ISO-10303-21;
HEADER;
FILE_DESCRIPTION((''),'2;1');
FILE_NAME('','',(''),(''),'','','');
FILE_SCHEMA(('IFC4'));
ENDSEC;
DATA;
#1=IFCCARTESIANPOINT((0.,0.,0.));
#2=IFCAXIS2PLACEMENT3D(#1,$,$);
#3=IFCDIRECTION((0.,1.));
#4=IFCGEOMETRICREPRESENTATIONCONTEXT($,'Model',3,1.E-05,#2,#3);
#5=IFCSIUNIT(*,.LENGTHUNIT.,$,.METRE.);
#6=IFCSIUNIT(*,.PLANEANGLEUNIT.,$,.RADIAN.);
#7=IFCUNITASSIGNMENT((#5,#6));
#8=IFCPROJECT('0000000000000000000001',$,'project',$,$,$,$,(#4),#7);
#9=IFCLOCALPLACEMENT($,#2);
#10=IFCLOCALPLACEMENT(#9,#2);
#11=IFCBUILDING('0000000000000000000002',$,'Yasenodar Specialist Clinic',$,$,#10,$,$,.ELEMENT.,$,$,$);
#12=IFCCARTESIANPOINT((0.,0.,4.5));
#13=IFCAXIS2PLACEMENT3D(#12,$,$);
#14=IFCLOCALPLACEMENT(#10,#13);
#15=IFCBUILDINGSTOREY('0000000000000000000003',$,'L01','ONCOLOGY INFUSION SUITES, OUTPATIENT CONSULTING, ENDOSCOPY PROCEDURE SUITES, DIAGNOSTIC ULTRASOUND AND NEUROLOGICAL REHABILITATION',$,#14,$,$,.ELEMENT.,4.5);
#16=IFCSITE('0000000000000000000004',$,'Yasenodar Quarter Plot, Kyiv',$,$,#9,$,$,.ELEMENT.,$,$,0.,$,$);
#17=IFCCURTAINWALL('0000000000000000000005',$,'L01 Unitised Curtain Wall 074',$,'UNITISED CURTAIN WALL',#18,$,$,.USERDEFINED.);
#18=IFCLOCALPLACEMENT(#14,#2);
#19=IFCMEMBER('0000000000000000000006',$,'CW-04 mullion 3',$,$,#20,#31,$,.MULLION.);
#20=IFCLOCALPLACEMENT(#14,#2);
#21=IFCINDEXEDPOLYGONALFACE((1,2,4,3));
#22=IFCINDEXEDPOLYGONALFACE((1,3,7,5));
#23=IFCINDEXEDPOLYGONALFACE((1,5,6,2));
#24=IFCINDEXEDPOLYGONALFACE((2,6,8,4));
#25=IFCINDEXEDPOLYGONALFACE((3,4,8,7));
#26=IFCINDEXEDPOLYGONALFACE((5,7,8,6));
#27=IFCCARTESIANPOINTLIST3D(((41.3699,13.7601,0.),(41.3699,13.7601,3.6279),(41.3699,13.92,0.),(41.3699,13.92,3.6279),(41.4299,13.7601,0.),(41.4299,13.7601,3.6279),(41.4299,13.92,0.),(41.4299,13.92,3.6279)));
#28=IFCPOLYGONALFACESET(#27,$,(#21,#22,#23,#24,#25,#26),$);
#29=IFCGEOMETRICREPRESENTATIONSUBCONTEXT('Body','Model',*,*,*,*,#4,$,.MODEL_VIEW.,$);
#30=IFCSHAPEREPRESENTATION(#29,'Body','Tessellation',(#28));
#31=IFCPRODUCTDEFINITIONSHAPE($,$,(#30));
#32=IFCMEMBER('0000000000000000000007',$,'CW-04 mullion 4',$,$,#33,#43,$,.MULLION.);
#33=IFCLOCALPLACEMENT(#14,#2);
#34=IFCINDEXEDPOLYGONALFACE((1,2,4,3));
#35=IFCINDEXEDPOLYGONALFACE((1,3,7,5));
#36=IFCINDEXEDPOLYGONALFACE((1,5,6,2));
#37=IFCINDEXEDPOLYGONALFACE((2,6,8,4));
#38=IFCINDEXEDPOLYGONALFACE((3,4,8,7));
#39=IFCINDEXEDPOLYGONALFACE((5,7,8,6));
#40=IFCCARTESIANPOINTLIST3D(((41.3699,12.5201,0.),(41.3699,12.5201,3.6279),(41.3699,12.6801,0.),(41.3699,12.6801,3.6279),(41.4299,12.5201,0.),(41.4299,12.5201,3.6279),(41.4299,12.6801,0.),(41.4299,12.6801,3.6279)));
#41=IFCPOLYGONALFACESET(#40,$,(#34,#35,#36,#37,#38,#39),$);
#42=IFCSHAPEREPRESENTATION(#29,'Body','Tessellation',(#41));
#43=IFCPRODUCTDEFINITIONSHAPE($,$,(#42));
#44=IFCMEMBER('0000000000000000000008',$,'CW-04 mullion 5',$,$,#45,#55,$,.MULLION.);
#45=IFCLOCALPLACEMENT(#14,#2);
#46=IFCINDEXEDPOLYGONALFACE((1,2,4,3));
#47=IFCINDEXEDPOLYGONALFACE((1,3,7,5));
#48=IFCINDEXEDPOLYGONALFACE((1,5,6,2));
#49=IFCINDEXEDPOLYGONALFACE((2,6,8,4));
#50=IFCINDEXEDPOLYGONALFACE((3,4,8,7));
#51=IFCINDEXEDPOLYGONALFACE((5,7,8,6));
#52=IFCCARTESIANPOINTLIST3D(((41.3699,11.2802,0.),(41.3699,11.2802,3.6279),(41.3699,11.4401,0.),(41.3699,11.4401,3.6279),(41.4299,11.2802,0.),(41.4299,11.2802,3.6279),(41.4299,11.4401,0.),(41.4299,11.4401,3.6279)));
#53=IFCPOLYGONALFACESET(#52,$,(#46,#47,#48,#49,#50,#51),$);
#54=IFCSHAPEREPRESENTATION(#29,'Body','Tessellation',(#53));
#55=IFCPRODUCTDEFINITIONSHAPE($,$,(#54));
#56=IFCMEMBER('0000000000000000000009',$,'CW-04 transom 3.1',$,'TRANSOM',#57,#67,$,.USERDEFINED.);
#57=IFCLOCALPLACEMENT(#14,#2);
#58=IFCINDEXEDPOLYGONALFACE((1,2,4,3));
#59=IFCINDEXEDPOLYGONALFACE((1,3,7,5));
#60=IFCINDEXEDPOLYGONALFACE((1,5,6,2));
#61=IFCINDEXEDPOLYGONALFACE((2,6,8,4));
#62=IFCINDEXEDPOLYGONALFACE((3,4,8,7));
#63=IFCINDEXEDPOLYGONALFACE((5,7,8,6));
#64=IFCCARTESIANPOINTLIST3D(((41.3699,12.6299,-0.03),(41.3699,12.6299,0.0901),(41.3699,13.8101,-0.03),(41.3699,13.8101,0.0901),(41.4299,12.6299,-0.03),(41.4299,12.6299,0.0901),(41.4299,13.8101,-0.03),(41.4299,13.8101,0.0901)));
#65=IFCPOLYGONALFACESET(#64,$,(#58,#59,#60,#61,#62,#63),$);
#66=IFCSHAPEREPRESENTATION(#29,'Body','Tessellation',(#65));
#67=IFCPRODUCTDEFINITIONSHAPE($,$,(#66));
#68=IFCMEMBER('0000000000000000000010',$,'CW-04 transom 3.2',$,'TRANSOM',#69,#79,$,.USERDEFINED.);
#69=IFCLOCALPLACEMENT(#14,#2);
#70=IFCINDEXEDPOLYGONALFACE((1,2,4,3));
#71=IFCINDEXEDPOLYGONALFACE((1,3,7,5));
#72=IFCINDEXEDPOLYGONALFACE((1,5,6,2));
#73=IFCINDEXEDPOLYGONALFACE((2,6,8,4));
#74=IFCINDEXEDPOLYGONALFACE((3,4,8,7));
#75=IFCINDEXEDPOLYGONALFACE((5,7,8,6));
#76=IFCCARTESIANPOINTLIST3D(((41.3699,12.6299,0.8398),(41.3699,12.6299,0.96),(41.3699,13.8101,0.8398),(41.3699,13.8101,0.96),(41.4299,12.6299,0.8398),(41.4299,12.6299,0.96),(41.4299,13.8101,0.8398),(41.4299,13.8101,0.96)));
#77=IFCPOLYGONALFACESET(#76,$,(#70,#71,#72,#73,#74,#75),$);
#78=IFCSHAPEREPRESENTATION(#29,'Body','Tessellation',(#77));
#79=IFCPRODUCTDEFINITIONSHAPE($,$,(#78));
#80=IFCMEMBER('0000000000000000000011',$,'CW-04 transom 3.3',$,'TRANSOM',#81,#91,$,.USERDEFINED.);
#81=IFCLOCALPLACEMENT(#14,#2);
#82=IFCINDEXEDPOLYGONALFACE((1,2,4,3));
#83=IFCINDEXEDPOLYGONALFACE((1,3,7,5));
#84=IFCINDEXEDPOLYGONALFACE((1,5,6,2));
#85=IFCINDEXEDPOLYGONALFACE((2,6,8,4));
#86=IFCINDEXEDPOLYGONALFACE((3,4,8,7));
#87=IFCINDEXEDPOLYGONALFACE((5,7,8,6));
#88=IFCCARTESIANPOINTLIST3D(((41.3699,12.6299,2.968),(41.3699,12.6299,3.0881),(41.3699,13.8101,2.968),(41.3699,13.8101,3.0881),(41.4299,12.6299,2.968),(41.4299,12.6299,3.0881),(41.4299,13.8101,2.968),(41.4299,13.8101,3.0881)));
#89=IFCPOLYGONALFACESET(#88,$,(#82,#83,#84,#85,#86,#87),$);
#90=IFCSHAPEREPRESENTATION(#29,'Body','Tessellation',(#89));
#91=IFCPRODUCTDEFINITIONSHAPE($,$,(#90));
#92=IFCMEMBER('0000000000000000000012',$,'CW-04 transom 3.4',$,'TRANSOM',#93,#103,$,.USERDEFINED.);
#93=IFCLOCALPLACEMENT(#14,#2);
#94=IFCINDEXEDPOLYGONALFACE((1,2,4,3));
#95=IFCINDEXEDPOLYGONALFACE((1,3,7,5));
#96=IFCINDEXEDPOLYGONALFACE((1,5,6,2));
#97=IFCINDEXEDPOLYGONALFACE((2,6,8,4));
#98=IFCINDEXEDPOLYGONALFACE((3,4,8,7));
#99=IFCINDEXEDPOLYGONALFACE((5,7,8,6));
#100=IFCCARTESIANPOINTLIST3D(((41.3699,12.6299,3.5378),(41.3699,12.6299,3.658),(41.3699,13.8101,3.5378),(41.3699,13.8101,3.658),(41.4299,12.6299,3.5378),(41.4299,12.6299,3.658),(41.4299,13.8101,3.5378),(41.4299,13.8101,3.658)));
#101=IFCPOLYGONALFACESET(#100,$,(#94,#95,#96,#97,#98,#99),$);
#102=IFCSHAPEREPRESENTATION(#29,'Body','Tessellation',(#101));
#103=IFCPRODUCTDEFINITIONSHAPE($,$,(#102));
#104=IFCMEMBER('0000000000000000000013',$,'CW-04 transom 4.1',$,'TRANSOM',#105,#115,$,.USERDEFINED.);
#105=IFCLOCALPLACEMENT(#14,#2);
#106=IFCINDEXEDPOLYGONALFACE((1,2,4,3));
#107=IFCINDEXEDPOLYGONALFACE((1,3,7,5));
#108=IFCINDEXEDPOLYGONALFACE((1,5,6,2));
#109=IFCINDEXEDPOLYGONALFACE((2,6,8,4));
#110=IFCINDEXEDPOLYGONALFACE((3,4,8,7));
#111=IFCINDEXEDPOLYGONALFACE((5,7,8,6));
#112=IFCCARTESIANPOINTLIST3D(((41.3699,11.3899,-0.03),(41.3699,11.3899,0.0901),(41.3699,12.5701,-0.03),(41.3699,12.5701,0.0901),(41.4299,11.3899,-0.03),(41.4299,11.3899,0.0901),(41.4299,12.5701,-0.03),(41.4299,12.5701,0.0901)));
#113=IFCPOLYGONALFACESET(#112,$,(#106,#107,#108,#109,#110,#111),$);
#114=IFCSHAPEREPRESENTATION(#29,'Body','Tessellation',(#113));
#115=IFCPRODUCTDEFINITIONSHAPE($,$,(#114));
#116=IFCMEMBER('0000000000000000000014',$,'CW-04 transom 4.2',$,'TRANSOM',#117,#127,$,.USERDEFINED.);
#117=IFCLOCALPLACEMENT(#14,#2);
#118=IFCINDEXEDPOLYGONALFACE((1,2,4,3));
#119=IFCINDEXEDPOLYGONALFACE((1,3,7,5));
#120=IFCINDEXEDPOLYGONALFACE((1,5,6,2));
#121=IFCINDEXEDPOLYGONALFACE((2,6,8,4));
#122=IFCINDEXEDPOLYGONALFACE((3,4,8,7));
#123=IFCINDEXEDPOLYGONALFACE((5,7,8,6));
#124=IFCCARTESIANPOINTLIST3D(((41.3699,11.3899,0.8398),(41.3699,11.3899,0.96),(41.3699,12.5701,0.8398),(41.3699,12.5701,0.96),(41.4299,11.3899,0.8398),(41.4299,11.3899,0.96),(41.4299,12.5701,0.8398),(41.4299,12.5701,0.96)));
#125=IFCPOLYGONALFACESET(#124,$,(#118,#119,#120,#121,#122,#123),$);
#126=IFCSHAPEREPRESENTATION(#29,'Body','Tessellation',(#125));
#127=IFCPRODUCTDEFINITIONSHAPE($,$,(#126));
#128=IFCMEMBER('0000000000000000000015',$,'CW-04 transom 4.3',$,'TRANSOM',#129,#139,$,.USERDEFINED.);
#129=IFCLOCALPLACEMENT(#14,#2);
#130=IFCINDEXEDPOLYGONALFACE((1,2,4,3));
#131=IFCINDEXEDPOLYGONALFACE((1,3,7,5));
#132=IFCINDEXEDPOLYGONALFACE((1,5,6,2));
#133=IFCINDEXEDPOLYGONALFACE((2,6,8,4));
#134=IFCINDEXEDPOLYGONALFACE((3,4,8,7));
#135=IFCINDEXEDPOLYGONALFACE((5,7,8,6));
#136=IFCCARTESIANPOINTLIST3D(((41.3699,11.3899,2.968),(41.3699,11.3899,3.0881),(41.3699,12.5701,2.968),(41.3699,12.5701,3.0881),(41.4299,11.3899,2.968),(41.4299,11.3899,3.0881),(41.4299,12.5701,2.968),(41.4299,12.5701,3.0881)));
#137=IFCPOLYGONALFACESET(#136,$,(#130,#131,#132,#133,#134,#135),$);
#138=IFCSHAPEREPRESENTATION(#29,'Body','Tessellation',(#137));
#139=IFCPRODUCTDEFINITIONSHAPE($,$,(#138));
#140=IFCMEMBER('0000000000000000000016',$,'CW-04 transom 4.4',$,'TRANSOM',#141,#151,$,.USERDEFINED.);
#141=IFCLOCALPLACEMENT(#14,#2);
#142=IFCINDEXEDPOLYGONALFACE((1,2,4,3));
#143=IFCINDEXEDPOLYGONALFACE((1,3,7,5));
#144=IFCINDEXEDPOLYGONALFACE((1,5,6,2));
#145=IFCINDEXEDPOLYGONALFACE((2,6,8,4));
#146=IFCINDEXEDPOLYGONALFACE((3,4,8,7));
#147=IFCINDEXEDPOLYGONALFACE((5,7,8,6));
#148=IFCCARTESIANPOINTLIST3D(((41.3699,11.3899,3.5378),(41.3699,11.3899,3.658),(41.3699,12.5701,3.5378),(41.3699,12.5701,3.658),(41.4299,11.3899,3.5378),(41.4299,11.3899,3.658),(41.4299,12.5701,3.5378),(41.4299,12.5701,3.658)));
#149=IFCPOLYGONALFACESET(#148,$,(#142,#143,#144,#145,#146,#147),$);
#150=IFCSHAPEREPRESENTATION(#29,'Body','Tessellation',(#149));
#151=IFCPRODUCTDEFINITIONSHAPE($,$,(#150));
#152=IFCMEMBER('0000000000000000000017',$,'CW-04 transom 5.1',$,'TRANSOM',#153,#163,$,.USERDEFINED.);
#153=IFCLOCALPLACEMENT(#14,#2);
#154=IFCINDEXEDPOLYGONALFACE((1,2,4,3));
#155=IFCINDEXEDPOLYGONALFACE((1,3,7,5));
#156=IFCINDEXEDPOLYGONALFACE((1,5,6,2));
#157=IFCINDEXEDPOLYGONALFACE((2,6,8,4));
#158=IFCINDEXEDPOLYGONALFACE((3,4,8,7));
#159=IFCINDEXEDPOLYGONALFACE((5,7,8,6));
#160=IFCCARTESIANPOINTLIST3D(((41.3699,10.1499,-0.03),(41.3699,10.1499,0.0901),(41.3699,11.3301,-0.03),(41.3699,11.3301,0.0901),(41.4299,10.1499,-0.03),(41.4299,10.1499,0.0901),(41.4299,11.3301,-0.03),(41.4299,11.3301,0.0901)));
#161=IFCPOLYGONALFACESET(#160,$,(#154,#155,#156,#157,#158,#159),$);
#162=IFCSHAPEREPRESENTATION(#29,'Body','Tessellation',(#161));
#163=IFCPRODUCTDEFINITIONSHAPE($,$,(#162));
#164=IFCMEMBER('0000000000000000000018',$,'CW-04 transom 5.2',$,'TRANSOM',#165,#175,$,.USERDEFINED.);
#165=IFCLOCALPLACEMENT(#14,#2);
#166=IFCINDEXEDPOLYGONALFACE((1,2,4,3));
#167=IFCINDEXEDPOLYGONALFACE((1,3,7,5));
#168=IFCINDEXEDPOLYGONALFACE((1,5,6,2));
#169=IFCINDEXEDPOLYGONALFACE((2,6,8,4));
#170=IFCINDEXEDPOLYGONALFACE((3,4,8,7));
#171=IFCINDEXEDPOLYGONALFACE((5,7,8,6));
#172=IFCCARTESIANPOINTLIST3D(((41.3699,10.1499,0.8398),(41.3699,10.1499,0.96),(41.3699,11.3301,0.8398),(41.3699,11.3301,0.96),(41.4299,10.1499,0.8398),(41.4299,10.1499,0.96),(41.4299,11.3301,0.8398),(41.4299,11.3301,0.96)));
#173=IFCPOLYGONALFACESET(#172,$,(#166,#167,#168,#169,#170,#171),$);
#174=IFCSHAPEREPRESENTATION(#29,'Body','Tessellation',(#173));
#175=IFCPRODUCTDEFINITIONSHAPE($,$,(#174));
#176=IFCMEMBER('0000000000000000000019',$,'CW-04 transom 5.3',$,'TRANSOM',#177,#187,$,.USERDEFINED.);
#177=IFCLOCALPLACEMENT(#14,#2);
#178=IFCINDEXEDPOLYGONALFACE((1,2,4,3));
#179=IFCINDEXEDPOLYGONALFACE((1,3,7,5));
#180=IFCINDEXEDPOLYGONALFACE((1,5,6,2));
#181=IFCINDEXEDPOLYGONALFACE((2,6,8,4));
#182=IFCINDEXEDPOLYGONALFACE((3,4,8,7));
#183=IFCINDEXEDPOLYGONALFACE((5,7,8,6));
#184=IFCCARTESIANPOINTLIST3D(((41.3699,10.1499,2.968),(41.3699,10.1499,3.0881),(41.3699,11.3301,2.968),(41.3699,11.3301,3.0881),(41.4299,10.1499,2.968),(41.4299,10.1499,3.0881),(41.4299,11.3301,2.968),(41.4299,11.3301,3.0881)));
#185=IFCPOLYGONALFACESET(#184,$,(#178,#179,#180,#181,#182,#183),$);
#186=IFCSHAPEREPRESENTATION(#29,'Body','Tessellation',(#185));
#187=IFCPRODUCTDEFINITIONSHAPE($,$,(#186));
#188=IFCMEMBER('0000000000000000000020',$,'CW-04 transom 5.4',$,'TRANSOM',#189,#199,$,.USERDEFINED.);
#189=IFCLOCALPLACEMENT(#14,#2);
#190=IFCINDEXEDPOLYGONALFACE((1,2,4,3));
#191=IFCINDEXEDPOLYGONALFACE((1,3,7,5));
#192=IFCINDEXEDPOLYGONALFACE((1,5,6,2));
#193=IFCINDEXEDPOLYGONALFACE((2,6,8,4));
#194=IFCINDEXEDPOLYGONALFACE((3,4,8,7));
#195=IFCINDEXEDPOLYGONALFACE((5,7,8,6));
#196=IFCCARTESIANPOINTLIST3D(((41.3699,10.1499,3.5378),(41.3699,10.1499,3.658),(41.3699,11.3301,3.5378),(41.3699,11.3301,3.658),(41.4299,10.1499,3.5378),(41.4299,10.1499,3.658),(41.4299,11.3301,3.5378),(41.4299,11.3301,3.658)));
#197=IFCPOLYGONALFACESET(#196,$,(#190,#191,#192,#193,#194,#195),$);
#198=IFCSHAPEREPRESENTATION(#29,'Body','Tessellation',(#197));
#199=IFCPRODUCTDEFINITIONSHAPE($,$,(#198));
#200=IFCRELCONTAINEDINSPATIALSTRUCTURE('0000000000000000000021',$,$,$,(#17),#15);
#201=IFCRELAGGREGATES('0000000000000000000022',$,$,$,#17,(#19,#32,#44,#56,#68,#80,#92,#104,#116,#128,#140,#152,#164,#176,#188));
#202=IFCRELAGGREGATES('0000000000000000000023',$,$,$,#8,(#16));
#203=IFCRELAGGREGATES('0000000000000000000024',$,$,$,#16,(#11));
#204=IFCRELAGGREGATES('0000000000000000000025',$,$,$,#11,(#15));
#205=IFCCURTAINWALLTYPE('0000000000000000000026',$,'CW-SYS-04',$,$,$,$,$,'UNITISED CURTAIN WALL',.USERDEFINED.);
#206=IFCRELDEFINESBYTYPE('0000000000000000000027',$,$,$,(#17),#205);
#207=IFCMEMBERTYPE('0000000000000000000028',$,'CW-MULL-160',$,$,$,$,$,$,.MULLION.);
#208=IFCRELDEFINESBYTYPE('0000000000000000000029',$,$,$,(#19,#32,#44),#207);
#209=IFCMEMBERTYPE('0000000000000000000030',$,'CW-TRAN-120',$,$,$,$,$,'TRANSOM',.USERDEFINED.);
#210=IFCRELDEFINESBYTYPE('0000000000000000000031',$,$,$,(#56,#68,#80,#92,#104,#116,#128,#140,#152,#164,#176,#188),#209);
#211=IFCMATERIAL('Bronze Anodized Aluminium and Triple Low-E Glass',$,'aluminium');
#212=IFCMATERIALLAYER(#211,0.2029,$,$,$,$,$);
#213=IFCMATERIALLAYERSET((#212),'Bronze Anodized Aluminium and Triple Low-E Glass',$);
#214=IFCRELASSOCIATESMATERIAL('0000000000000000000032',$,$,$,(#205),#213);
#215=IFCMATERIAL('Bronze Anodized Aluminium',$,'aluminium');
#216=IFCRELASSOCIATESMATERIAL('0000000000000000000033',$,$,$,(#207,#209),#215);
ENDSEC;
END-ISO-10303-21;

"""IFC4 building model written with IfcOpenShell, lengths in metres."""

from ifc_helpers import new_model, si_unit, direction, frame, origin, origin_2d, place, context, subcontext, project, spatial, rectangle, extrude, material, layer, layer_set, material_profile, profile_set, type_object, element, aggregate, save


model = new_model("IFC4")

# Units and contexts
model_context = context("Model", 3, precision=1e-05, world=origin(), true_north=direction((0.0, 1.0)))
body_context = subcontext(model_context, "Body", "Model", "MODEL_VIEW")
ifc_project = project(units=[si_unit("LENGTHUNIT", "METRE"), si_unit("PLANEANGLEUNIT", "RADIAN")], contexts=[model_context])

# Site, building, storey
site_placement = place(None, origin())
site = spatial("IfcSite", under=ifc_project, at=site_placement, Name="Yasenodar Quarter Plot, Kyiv", CompositionType="ELEMENT", RefElevation=0.0)
building_placement = place(site_placement, origin())
building = spatial("IfcBuilding", under=site, at=building_placement, Name="Yasenodar Specialist Clinic", CompositionType="ELEMENT")
storey_placement = place(building_placement, frame((0.0, 0.0, 4.5)))
storey = spatial("IfcBuildingStorey", under=building, at=storey_placement, Name="L01", Description="ONCOLOGY INFUSION SUITES, OUTPATIENT CONSULTING, ENDOSCOPY PROCEDURE SUITES, DIAGNOSTIC ULTRASOUND AND NEUROLOGICAL REHABILITATION", CompositionType="ELEMENT", Elevation=4.5)

# Curtain wall, members
ifc_material_1 = material(Name="Bronze Anodized Aluminium and Triple Low-E Glass", Category="aluminium")
ifc_layer_1 = layer(ifc_material_1, 0.2029)
ifc_layer_set_1 = layer_set([ifc_layer_1], Name="Bronze Anodized Aluminium and Triple Low-E Glass")
curtain_wall_type = type_object("IfcCurtainWallType", Name="CW-SYS-04", ElementType="UNITISED CURTAIN WALL", PredefinedType="USERDEFINED", material=ifc_layer_set_1)
curtain_wall_placement = place(storey_placement, origin())
curtain_wall = element("IfcCurtainWall", 1, at=curtain_wall_placement, inside=storey, type_object=curtain_wall_type, Name="L01 Unitised Curtain Wall 074", ObjectType="UNITISED CURTAIN WALL", PredefinedType="USERDEFINED")
ifc_material_2 = material(Name="Bronze Anodized Aluminium", Category="aluminium")
ifc_material_profile_1 = material_profile(ifc_material_2, rectangle(XDim=0.0601, YDim=0.1599, at=origin_2d()), Name="CW-MULL 60x160")
ifc_profile_set_1 = profile_set([ifc_material_profile_1], Name="Bronze Anodized Aluminium")
member_type_1 = type_object("IfcMemberType", Name="CW-MULL-160", PredefinedType="MULLION", material=ifc_profile_set_1)
member_1_placement = place(storey_placement, frame((41.3999, 13.8401, 0.0), z_axis=(0.0, 0.0, 1.0), x_axis=(1.0, 0.0, 0.0)))
member_1 = element("IfcMember", 2, at=member_1_placement, type_object=member_type_1, Name="CW-04 mullion 3", PredefinedType="MULLION", context=body_context, shape_type="SweptSolid", body=[
    extrude(rectangle(XDim=0.0601, YDim=0.1599, at=origin_2d()), origin(), (0.0, 0.0, 1.0), 3.6279),
])
member_2_placement = place(storey_placement, frame((41.3999, 12.6001, 0.0), z_axis=(0.0, 0.0, 1.0), x_axis=(1.0, 0.0, 0.0)))
member_2 = element("IfcMember", 3, at=member_2_placement, type_object=member_type_1, Name="CW-04 mullion 4", PredefinedType="MULLION", context=body_context, shape_type="SweptSolid", body=[
    extrude(rectangle(XDim=0.0601, YDim=0.1599, at=origin_2d()), origin(), (0.0, 0.0, 1.0), 3.6279),
])
member_3_placement = place(storey_placement, frame((41.3999, 11.3601, 0.0), z_axis=(0.0, 0.0, 1.0), x_axis=(1.0, 0.0, 0.0)))
member_3 = element("IfcMember", 4, at=member_3_placement, type_object=member_type_1, Name="CW-04 mullion 5", PredefinedType="MULLION", context=body_context, shape_type="SweptSolid", body=[
    extrude(rectangle(XDim=0.0601, YDim=0.1599, at=origin_2d()), origin(), (0.0, 0.0, 1.0), 3.6279),
])
ifc_material_profile_2 = material_profile(ifc_material_2, rectangle(XDim=0.0601, YDim=0.1201, at=origin_2d()), Name="CW-TRAN 60x120")
ifc_profile_set_2 = profile_set([ifc_material_profile_2], Name="Bronze Anodized Aluminium")
member_type_2 = type_object("IfcMemberType", Name="CW-TRAN-120", ElementType="TRANSOM", PredefinedType="USERDEFINED", material=ifc_profile_set_2)
member_4_placement = place(storey_placement, frame((41.3999, 13.8101, 0.03), z_axis=(0.0, -1.0, 0.0), x_axis=(1.0, 0.0, 0.0)))
member_4 = element("IfcMember", 5, at=member_4_placement, type_object=member_type_2, Name="CW-04 transom 3.1", ObjectType="TRANSOM", PredefinedType="USERDEFINED", context=body_context, shape_type="SweptSolid", body=[
    extrude(rectangle(XDim=0.0601, YDim=0.1201, at=origin_2d()), origin(), (0.0, 0.0, 1.0), 1.1802),
])
member_5_placement = place(storey_placement, frame((41.3999, 13.8101, 0.8999), z_axis=(0.0, -1.0, 0.0), x_axis=(1.0, 0.0, 0.0)))
member_5 = element("IfcMember", 6, at=member_5_placement, type_object=member_type_2, Name="CW-04 transom 3.2", ObjectType="TRANSOM", PredefinedType="USERDEFINED", context=body_context, shape_type="SweptSolid", body=[
    extrude(rectangle(XDim=0.0601, YDim=0.1201, at=origin_2d()), origin(), (0.0, 0.0, 1.0), 1.1802),
])
member_6_placement = place(storey_placement, frame((41.3999, 13.8101, 3.0281), z_axis=(0.0, -1.0, 0.0), x_axis=(1.0, 0.0, 0.0)))
member_6 = element("IfcMember", 7, at=member_6_placement, type_object=member_type_2, Name="CW-04 transom 3.3", ObjectType="TRANSOM", PredefinedType="USERDEFINED", context=body_context, shape_type="SweptSolid", body=[
    extrude(rectangle(XDim=0.0601, YDim=0.1201, at=origin_2d()), origin(), (0.0, 0.0, 1.0), 1.1802),
])
member_7_placement = place(storey_placement, frame((41.3999, 13.8101, 3.5979), z_axis=(0.0, -1.0, 0.0), x_axis=(1.0, 0.0, 0.0)))
member_7 = element("IfcMember", 8, at=member_7_placement, type_object=member_type_2, Name="CW-04 transom 3.4", ObjectType="TRANSOM", PredefinedType="USERDEFINED", context=body_context, shape_type="SweptSolid", body=[
    extrude(rectangle(XDim=0.0601, YDim=0.1201, at=origin_2d()), origin(), (0.0, 0.0, 1.0), 1.1802),
])
member_8_placement = place(storey_placement, frame((41.3999, 12.5701, 0.03), z_axis=(0.0, -1.0, 0.0), x_axis=(1.0, 0.0, 0.0)))
member_8 = element("IfcMember", 9, at=member_8_placement, type_object=member_type_2, Name="CW-04 transom 4.1", ObjectType="TRANSOM", PredefinedType="USERDEFINED", context=body_context, shape_type="SweptSolid", body=[
    extrude(rectangle(XDim=0.0601, YDim=0.1201, at=origin_2d()), origin(), (0.0, 0.0, 1.0), 1.1802),
])
member_9_placement = place(storey_placement, frame((41.3999, 12.5701, 0.8999), z_axis=(0.0, -1.0, 0.0), x_axis=(1.0, 0.0, 0.0)))
member_9 = element("IfcMember", 10, at=member_9_placement, type_object=member_type_2, Name="CW-04 transom 4.2", ObjectType="TRANSOM", PredefinedType="USERDEFINED", context=body_context, shape_type="SweptSolid", body=[
    extrude(rectangle(XDim=0.0601, YDim=0.1201, at=origin_2d()), origin(), (0.0, 0.0, 1.0), 1.1802),
])
member_10_placement = place(storey_placement, frame((41.3999, 12.5701, 3.0281), z_axis=(0.0, -1.0, 0.0), x_axis=(1.0, 0.0, 0.0)))
member_10 = element("IfcMember", 11, at=member_10_placement, type_object=member_type_2, Name="CW-04 transom 4.3", ObjectType="TRANSOM", PredefinedType="USERDEFINED", context=body_context, shape_type="SweptSolid", body=[
    extrude(rectangle(XDim=0.0601, YDim=0.1201, at=origin_2d()), origin(), (0.0, 0.0, 1.0), 1.1802),
])
member_11_placement = place(storey_placement, frame((41.3999, 12.5701, 3.5979), z_axis=(0.0, -1.0, 0.0), x_axis=(1.0, 0.0, 0.0)))
member_11 = element("IfcMember", 12, at=member_11_placement, type_object=member_type_2, Name="CW-04 transom 4.4", ObjectType="TRANSOM", PredefinedType="USERDEFINED", context=body_context, shape_type="SweptSolid", body=[
    extrude(rectangle(XDim=0.0601, YDim=0.1201, at=origin_2d()), origin(), (0.0, 0.0, 1.0), 1.1802),
])
member_12_placement = place(storey_placement, frame((41.3999, 11.3301, 0.03), z_axis=(0.0, -1.0, 0.0), x_axis=(1.0, 0.0, 0.0)))
member_12 = element("IfcMember", 13, at=member_12_placement, type_object=member_type_2, Name="CW-04 transom 5.1", ObjectType="TRANSOM", PredefinedType="USERDEFINED", context=body_context, shape_type="SweptSolid", body=[
    extrude(rectangle(XDim=0.0601, YDim=0.1201, at=origin_2d()), origin(), (0.0, 0.0, 1.0), 1.1802),
])
member_13_placement = place(storey_placement, frame((41.3999, 11.3301, 0.8999), z_axis=(0.0, -1.0, 0.0), x_axis=(1.0, 0.0, 0.0)))
member_13 = element("IfcMember", 14, at=member_13_placement, type_object=member_type_2, Name="CW-04 transom 5.2", ObjectType="TRANSOM", PredefinedType="USERDEFINED", context=body_context, shape_type="SweptSolid", body=[
    extrude(rectangle(XDim=0.0601, YDim=0.1201, at=origin_2d()), origin(), (0.0, 0.0, 1.0), 1.1802),
])
member_14_placement = place(storey_placement, frame((41.3999, 11.3301, 3.0281), z_axis=(0.0, -1.0, 0.0), x_axis=(1.0, 0.0, 0.0)))
member_14 = element("IfcMember", 15, at=member_14_placement, type_object=member_type_2, Name="CW-04 transom 5.3", ObjectType="TRANSOM", PredefinedType="USERDEFINED", context=body_context, shape_type="SweptSolid", body=[
    extrude(rectangle(XDim=0.0601, YDim=0.1201, at=origin_2d()), origin(), (0.0, 0.0, 1.0), 1.1802),
])
member_15_placement = place(storey_placement, frame((41.3999, 11.3301, 3.5979), z_axis=(0.0, -1.0, 0.0), x_axis=(1.0, 0.0, 0.0)))
member_15 = element("IfcMember", 16, at=member_15_placement, type_object=member_type_2, Name="CW-04 transom 5.4", ObjectType="TRANSOM", PredefinedType="USERDEFINED", context=body_context, shape_type="SweptSolid", body=[
    extrude(rectangle(XDim=0.0601, YDim=0.1201, at=origin_2d()), origin(), (0.0, 0.0, 1.0), 1.1802),
])
aggregate(curtain_wall, [member_1, member_2, member_3, member_4, member_5, member_6, member_7, member_8, member_9, member_10, member_11, member_12, member_13, member_14, member_15])

save(model, "model.ifc")
